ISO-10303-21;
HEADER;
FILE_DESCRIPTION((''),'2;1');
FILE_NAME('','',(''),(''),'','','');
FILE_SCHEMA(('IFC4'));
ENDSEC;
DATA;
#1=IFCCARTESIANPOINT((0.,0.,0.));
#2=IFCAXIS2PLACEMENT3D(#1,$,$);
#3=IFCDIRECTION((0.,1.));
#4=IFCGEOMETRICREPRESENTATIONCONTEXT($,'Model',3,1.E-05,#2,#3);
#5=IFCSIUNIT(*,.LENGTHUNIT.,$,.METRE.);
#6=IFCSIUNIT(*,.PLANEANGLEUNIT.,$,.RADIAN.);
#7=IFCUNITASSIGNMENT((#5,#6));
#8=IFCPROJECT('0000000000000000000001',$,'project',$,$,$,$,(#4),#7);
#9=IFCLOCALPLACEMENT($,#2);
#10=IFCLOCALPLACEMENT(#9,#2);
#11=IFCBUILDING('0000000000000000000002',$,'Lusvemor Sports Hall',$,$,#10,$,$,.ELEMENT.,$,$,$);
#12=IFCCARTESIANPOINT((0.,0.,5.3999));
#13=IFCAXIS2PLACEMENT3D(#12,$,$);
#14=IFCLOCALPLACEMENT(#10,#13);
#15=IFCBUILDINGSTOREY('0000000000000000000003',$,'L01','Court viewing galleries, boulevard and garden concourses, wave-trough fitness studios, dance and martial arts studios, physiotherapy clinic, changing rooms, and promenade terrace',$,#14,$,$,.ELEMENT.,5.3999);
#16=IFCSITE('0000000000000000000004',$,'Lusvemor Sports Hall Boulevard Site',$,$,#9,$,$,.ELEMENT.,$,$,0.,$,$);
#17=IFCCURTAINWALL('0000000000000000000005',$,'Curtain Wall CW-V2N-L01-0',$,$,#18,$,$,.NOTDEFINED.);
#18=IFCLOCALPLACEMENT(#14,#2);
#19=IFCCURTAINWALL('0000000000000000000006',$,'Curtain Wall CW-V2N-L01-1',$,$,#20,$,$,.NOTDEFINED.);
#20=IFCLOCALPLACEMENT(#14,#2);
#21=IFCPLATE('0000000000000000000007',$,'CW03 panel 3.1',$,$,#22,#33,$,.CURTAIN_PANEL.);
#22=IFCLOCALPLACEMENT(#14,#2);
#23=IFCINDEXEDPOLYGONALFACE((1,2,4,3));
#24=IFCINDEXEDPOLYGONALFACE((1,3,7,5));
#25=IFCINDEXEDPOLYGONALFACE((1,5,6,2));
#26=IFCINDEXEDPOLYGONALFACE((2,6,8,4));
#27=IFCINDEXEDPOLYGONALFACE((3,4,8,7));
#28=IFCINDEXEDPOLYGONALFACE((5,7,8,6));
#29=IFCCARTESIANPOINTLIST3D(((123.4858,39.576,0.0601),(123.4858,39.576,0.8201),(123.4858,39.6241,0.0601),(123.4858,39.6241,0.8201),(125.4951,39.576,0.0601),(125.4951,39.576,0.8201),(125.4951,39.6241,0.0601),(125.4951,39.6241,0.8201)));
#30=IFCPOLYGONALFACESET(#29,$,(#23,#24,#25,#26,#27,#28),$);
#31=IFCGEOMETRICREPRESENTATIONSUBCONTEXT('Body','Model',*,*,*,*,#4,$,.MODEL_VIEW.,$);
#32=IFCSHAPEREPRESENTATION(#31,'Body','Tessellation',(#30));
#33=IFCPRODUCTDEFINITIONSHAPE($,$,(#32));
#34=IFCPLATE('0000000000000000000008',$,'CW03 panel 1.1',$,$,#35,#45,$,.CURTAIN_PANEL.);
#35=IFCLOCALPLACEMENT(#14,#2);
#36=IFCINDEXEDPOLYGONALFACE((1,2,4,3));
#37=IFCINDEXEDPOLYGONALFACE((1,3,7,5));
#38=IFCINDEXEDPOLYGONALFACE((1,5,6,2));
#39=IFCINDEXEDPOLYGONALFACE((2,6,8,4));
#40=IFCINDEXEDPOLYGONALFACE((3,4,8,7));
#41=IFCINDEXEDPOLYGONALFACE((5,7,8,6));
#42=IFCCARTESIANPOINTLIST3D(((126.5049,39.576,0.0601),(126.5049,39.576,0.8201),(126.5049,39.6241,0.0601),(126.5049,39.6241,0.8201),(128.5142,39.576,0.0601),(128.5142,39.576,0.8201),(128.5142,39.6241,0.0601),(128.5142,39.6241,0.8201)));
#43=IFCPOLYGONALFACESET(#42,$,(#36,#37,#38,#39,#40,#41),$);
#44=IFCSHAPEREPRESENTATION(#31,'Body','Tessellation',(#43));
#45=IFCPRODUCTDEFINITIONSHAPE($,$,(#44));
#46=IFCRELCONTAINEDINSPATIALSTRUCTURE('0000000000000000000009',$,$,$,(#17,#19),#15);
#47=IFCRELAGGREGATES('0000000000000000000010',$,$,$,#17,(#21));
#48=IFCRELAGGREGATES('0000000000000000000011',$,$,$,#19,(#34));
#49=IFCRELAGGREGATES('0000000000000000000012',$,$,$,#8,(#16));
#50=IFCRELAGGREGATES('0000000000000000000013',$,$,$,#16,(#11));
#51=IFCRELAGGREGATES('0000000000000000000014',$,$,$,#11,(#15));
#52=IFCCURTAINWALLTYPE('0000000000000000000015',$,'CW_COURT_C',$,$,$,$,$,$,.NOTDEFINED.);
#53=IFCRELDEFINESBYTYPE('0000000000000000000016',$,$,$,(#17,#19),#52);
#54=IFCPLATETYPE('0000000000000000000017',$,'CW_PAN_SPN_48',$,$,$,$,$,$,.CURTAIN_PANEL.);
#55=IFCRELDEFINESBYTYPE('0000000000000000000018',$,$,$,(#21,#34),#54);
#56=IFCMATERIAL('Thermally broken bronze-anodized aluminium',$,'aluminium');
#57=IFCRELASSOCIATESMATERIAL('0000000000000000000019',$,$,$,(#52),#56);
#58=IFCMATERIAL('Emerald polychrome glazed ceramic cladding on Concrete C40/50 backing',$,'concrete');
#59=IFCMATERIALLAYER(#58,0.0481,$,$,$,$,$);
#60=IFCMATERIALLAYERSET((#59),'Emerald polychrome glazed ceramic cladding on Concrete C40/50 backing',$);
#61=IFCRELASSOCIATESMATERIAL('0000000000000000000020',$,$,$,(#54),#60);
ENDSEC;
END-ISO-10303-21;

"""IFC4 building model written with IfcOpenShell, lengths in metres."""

from ifc_helpers import new_model, si_unit, direction, frame, origin, origin_2d, place, context, subcontext, project, spatial, rectangle, extrude, material, layer, layer_set, type_object, element, aggregate, save


model = new_model("IFC4")

# Units and contexts
model_context = context("Model", 3, precision=1e-05, world=origin(), true_north=direction((0.0, 1.0)))
body_context = subcontext(model_context, "Body", "Model", "MODEL_VIEW")
ifc_project = project(units=[si_unit("LENGTHUNIT", "METRE"), si_unit("PLANEANGLEUNIT", "RADIAN")], contexts=[model_context])

# Site, building, storey
site_placement = place(None, origin())
site = spatial("IfcSite", under=ifc_project, at=site_placement, Name="Lusvemor Sports Hall Boulevard Site", CompositionType="ELEMENT", RefElevation=0.0)
building_placement = place(site_placement, origin())
building = spatial("IfcBuilding", under=site, at=building_placement, Name="Lusvemor Sports Hall", CompositionType="ELEMENT")
storey_placement = place(building_placement, frame((0.0, 0.0, 5.3999)))
storey = spatial("IfcBuildingStorey", under=building, at=storey_placement, Name="L01", Description="Court viewing galleries, boulevard and garden concourses, wave-trough fitness studios, dance and martial arts studios, physiotherapy clinic, changing rooms, and promenade terrace", CompositionType="ELEMENT", Elevation=5.3999)

# Curtain walls
ifc_material_1 = material(Name="Thermally broken bronze-anodized aluminium", Category="aluminium")
curtain_wall_type = type_object("IfcCurtainWallType", Name="CW_COURT_C", PredefinedType="NOTDEFINED", material=ifc_material_1)
curtain_wall_1_placement = place(storey_placement, origin())
curtain_wall_1 = element("IfcCurtainWall", 1, at=curtain_wall_1_placement, inside=storey, type_object=curtain_wall_type, Name="Curtain Wall CW-V2N-L01-0", PredefinedType="NOTDEFINED")
curtain_wall_2_placement = place(storey_placement, origin())
curtain_wall_2 = element("IfcCurtainWall", 2, at=curtain_wall_2_placement, inside=storey, type_object=curtain_wall_type, Name="Curtain Wall CW-V2N-L01-1", PredefinedType="NOTDEFINED")

# Plates
ifc_material_2 = material(Name="Emerald polychrome glazed ceramic cladding on Concrete C40/50 backing", Category="concrete")
ifc_layer_1 = layer(ifc_material_2, 0.0481)
ifc_layer_set_1 = layer_set([ifc_layer_1], Name="Emerald polychrome glazed ceramic cladding on Concrete C40/50 backing")
plate_type_1 = type_object("IfcPlateType", Name="CW_PAN_SPN_48", PredefinedType="CURTAIN_PANEL", material=ifc_layer_set_1)
plate_1_placement = place(storey_placement, frame((124.4905, 39.6001, 0.0601), z_axis=(0.0, 0.0, 1.0), x_axis=(1.0, 0.0, 0.0)))
plate_1 = element("IfcPlate", 3, at=plate_1_placement, type_object=plate_type_1, Name="CW03 panel 3.1", PredefinedType="CURTAIN_PANEL", context=body_context, shape_type="SweptSolid", body=[
    extrude(rectangle(XDim=2.0093, YDim=0.0481, at=origin_2d()), origin(), (0.0, 0.0, 1.0), 0.76),
])
aggregate(curtain_wall_1, [plate_1])
plate_2_placement = place(storey_placement, frame((127.5095, 39.6001, 0.0601), z_axis=(0.0, 0.0, 1.0), x_axis=(1.0, 0.0, 0.0)))
plate_2 = element("IfcPlate", 4, at=plate_2_placement, type_object=plate_type_1, Name="CW03 panel 1.1", PredefinedType="CURTAIN_PANEL", context=body_context, shape_type="SweptSolid", body=[
    extrude(rectangle(XDim=2.0093, YDim=0.0481, at=origin_2d()), origin(), (0.0, 0.0, 1.0), 0.76),
])
aggregate(curtain_wall_2, [plate_2])

save(model, "model.ifc")
